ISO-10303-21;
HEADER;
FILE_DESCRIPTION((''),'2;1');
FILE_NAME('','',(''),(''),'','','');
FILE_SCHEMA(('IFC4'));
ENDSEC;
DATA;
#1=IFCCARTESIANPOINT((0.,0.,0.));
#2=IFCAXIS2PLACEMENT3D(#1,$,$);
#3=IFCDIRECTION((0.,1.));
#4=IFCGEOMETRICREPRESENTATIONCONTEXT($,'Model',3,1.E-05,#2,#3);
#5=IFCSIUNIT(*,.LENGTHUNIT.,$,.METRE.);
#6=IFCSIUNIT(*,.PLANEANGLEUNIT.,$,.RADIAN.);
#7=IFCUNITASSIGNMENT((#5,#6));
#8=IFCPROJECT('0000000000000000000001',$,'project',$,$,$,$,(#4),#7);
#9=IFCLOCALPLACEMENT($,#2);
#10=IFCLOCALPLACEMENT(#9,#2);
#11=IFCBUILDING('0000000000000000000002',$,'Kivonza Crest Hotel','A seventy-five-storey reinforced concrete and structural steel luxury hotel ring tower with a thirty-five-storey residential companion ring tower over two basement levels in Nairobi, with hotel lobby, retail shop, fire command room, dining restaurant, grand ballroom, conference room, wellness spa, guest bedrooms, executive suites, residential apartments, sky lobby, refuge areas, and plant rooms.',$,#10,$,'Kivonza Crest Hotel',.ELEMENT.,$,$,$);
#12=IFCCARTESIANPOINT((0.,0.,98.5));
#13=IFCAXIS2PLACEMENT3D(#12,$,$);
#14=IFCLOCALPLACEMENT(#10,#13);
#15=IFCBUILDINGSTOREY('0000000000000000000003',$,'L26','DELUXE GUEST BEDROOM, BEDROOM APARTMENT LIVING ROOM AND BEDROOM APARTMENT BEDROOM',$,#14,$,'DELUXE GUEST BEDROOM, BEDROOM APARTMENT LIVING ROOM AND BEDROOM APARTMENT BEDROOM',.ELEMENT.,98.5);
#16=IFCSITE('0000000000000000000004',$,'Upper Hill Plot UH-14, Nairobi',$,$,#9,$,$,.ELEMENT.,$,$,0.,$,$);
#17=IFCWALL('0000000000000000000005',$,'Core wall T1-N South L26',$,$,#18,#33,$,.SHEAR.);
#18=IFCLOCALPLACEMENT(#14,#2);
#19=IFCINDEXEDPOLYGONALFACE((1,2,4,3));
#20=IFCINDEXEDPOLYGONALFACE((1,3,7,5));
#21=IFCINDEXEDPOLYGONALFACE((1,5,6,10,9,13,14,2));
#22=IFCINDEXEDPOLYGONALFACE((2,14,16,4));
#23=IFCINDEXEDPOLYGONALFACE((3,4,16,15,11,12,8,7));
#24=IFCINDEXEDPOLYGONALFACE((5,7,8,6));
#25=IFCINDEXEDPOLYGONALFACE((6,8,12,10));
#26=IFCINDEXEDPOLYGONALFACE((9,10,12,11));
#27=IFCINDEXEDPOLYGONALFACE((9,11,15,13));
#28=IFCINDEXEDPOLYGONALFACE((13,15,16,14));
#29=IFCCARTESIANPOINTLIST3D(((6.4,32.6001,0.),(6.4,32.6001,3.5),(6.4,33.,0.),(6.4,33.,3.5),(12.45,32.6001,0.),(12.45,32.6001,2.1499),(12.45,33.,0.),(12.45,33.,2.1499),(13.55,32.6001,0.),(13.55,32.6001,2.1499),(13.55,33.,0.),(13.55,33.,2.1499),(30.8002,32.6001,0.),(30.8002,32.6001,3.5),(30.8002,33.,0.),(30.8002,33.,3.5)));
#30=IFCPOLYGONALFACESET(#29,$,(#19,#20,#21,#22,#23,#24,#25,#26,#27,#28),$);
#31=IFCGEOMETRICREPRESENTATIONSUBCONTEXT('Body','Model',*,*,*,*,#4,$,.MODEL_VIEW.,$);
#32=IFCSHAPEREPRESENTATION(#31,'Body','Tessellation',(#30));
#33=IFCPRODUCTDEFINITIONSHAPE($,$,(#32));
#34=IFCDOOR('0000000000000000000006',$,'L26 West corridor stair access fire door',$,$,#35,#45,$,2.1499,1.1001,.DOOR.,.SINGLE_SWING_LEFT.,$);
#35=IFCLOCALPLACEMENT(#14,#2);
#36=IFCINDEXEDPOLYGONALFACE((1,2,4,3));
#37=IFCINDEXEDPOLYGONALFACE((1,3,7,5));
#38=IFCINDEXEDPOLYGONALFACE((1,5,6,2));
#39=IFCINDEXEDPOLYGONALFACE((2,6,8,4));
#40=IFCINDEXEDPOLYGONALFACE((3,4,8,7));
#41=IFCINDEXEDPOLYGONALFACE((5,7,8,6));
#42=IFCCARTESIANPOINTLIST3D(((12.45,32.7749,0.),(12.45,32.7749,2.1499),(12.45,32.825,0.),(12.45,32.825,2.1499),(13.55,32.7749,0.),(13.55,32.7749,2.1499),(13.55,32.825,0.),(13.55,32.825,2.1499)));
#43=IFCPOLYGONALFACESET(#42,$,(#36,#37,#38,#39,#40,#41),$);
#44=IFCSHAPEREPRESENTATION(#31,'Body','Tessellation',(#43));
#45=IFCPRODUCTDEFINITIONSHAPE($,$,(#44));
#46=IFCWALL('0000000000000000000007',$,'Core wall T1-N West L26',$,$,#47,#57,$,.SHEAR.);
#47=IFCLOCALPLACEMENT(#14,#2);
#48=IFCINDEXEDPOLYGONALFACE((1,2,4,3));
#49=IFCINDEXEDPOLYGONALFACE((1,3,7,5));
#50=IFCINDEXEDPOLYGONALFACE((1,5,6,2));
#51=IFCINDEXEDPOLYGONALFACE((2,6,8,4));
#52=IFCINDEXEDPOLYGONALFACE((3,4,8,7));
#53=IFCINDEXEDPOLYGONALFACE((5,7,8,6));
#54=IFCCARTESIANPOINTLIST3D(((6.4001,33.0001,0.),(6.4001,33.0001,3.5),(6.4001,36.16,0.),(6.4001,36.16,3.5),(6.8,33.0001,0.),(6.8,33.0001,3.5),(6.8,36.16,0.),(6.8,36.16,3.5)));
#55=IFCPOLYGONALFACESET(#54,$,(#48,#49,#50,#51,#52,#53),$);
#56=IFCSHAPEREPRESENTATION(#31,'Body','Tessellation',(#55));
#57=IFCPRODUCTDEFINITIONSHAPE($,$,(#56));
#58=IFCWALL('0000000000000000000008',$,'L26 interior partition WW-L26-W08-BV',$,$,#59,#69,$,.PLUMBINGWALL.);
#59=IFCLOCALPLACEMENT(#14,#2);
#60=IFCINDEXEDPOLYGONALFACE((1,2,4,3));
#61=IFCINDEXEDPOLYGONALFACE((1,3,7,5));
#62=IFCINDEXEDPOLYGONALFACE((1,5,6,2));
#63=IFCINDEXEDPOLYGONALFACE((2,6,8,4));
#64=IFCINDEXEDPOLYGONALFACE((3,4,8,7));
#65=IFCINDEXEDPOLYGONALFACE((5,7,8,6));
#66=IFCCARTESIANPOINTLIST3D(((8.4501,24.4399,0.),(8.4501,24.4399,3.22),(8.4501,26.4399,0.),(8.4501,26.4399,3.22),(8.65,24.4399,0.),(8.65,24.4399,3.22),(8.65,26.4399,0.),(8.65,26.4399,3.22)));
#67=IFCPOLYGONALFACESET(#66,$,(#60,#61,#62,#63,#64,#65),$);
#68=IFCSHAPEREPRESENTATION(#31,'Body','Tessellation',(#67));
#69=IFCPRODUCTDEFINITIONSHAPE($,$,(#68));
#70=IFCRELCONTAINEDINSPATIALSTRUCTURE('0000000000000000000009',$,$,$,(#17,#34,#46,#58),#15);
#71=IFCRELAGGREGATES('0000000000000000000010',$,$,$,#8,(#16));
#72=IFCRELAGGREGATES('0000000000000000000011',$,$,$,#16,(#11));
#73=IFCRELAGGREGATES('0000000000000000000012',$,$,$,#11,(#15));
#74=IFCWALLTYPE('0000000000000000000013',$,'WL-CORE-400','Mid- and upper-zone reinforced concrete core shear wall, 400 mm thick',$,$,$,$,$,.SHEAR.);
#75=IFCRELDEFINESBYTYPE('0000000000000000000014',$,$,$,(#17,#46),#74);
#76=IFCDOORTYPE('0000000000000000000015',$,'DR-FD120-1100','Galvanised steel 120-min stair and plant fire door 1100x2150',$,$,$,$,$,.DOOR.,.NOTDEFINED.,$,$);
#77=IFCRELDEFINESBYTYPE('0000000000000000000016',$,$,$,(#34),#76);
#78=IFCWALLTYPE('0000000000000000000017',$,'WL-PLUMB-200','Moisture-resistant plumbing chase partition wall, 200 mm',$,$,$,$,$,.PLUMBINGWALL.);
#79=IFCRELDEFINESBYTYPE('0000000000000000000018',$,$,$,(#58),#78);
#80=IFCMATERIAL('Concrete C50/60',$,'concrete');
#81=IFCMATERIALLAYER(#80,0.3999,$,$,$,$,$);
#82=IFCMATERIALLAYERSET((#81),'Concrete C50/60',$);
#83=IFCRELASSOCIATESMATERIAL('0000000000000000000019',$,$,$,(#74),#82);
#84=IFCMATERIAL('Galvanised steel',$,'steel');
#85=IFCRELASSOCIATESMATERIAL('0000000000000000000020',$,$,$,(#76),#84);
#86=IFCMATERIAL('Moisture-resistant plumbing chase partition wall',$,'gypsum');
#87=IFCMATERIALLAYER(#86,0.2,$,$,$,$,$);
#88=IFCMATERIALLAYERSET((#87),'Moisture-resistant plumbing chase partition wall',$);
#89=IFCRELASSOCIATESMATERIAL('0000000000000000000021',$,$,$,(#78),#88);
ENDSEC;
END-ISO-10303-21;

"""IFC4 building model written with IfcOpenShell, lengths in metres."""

from ifc_helpers import new_model, si_unit, direction, frame, frame_2d, origin, place, context, subcontext, project, spatial, rectangle, extrude, material, layer, layer_set, type_object, element, fill, save


model = new_model("IFC4")

# Units and contexts
model_context = context("Model", 3, precision=1e-05, world=origin(), true_north=direction((0.0, 1.0)))
body_context = subcontext(model_context, "Body", "Model", "MODEL_VIEW")
ifc_project = project(units=[si_unit("LENGTHUNIT", "METRE"), si_unit("PLANEANGLEUNIT", "RADIAN")], contexts=[model_context])

# Site, building, storey
site_placement = place(None, origin())
site = spatial("IfcSite", under=ifc_project, at=site_placement, Name="Upper Hill Plot UH-14, Nairobi", CompositionType="ELEMENT", RefElevation=0.0)
building_placement = place(site_placement, origin())
building = spatial("IfcBuilding", under=site, at=building_placement, Name="Kivonza Crest Hotel", Description="A seventy-five-storey reinforced concrete and structural steel luxury hotel ring tower with a thirty-five-storey residential companion ring tower over two basement levels in Nairobi, with hotel lobby, retail shop, fire command room, dining restaurant, grand ballroom, conference room, wellness spa, guest bedrooms, executive suites, residential apartments, sky lobby, refuge areas, and plant rooms.", LongName="Kivonza Crest Hotel", CompositionType="ELEMENT")
storey_placement = place(building_placement, frame((0.0, 0.0, 98.5)))
storey = spatial("IfcBuildingStorey", under=building, at=storey_placement, Name="L26", Description="DELUXE GUEST BEDROOM, BEDROOM APARTMENT LIVING ROOM AND BEDROOM APARTMENT BEDROOM", LongName="DELUXE GUEST BEDROOM, BEDROOM APARTMENT LIVING ROOM AND BEDROOM APARTMENT BEDROOM", CompositionType="ELEMENT", Elevation=98.5)

# Shared definitions
ifc_material_1 = material(Name="Concrete C50/60", Category="concrete")

# Wall, opening, door
ifc_layer_1 = layer(ifc_material_1, 0.3999)
ifc_layer_set_1 = layer_set([ifc_layer_1], Name="Concrete C50/60")
wall_type_1 = type_object("IfcWallType", Name="WL-CORE-400", Description="Mid- and upper-zone reinforced concrete core shear wall, 400 mm thick", PredefinedType="SHEAR", material=ifc_layer_set_1)
wall_1_placement = place(storey_placement, frame((6.3999, 32.8, 0.0), z_axis=(0.0, 0.0, 1.0), x_axis=(1.0, 0.0, 0.0)))
wall_1 = element("IfcWall", 1, at=wall_1_placement, inside=storey, type_object=wall_type_1, Name="Core wall T1-N South L26", PredefinedType="SHEAR", context=body_context, shape_type="SweptSolid", body=[
    extrude(rectangle(XDim=24.4001, YDim=0.3999, at=frame_2d((12.2002, 0.0))), origin(), (0.0, 0.0, 1.0), 3.5),
])
opening_placement = place(wall_1_placement, frame((6.05, 0.0, 0.0)))
opening = element("IfcOpeningElement", 2, at=opening_placement, cuts=wall_1, PredefinedType="OPENING", context=body_context, shape_type="SweptSolid", body=[
    extrude(rectangle(XDim=1.1001, YDim=2.1499, at=frame_2d((0.55, 1.075))), frame((0.0, 0.21, 0.0), z_axis=(0.0, -1.0, 0.0), x_axis=(1.0, 0.0, 0.0)), (0.0, 0.0, 1.0), 0.4199),
])
ifc_material_2 = material(Name="Galvanised steel", Category="steel")
door_type = type_object("IfcDoorType", Name="DR-FD120-1100", Description="Galvanised steel 120-min stair and plant fire door 1100x2150", OperationType="NOTDEFINED", PredefinedType="DOOR", material=ifc_material_2)
door_placement = place(opening_placement, origin())
door = element("IfcDoor", 3, at=door_placement, inside=storey, type_object=door_type, Name="L26 West corridor stair access fire door", OperationType="SINGLE_SWING_LEFT", OverallHeight=2.1499, OverallWidth=1.1001, PredefinedType="DOOR", context=body_context, shape_type="SweptSolid", body=[
    extrude(rectangle(XDim=1.1001, YDim=2.1499, at=frame_2d((0.55, 1.075))), frame((0.0, 0.0249, 0.0), z_axis=(0.0, -1.0, 0.0), x_axis=(1.0, 0.0, 0.0)), (0.0, 0.0, 1.0), 0.05),
])
fill(opening, door)

# Walls
wall_2_placement = place(storey_placement, frame((6.6001, 33.0, 0.0), z_axis=(0.0, 0.0, 1.0), x_axis=(0.0, 1.0, 0.0)))
element("IfcWall", 4, at=wall_2_placement, inside=storey, type_object=wall_type_1, Name="Core wall T1-N West L26", PredefinedType="SHEAR", context=body_context, shape_type="SweptSolid", body=[
    extrude(rectangle(XDim=3.1599, YDim=0.3999, at=frame_2d((1.5801, 0.0))), origin(), (0.0, 0.0, 1.0), 3.5),
])
ifc_material_3 = material(Name="Moisture-resistant plumbing chase partition wall", Category="gypsum")
ifc_layer_2 = layer(ifc_material_3, 0.2)
ifc_layer_set_2 = layer_set([ifc_layer_2], Name="Moisture-resistant plumbing chase partition wall")
wall_type_2 = type_object("IfcWallType", Name="WL-PLUMB-200", Description="Moisture-resistant plumbing chase partition wall, 200 mm", PredefinedType="PLUMBINGWALL", material=ifc_layer_set_2)
wall_3_placement = place(storey_placement, frame((8.55, 24.4399, 0.0), z_axis=(0.0, 0.0, 1.0), x_axis=(0.0, 1.0, 0.0)))
element("IfcWall", 5, at=wall_3_placement, inside=storey, type_object=wall_type_2, Name="L26 interior partition WW-L26-W08-BV", PredefinedType="PLUMBINGWALL", context=body_context, shape_type="SweptSolid", body=[
    extrude(rectangle(XDim=2.0, YDim=0.2, at=frame_2d((1.0, 0.0))), origin(), (0.0, 0.0, 1.0), 3.22),
])

save(model, "model.ifc")
